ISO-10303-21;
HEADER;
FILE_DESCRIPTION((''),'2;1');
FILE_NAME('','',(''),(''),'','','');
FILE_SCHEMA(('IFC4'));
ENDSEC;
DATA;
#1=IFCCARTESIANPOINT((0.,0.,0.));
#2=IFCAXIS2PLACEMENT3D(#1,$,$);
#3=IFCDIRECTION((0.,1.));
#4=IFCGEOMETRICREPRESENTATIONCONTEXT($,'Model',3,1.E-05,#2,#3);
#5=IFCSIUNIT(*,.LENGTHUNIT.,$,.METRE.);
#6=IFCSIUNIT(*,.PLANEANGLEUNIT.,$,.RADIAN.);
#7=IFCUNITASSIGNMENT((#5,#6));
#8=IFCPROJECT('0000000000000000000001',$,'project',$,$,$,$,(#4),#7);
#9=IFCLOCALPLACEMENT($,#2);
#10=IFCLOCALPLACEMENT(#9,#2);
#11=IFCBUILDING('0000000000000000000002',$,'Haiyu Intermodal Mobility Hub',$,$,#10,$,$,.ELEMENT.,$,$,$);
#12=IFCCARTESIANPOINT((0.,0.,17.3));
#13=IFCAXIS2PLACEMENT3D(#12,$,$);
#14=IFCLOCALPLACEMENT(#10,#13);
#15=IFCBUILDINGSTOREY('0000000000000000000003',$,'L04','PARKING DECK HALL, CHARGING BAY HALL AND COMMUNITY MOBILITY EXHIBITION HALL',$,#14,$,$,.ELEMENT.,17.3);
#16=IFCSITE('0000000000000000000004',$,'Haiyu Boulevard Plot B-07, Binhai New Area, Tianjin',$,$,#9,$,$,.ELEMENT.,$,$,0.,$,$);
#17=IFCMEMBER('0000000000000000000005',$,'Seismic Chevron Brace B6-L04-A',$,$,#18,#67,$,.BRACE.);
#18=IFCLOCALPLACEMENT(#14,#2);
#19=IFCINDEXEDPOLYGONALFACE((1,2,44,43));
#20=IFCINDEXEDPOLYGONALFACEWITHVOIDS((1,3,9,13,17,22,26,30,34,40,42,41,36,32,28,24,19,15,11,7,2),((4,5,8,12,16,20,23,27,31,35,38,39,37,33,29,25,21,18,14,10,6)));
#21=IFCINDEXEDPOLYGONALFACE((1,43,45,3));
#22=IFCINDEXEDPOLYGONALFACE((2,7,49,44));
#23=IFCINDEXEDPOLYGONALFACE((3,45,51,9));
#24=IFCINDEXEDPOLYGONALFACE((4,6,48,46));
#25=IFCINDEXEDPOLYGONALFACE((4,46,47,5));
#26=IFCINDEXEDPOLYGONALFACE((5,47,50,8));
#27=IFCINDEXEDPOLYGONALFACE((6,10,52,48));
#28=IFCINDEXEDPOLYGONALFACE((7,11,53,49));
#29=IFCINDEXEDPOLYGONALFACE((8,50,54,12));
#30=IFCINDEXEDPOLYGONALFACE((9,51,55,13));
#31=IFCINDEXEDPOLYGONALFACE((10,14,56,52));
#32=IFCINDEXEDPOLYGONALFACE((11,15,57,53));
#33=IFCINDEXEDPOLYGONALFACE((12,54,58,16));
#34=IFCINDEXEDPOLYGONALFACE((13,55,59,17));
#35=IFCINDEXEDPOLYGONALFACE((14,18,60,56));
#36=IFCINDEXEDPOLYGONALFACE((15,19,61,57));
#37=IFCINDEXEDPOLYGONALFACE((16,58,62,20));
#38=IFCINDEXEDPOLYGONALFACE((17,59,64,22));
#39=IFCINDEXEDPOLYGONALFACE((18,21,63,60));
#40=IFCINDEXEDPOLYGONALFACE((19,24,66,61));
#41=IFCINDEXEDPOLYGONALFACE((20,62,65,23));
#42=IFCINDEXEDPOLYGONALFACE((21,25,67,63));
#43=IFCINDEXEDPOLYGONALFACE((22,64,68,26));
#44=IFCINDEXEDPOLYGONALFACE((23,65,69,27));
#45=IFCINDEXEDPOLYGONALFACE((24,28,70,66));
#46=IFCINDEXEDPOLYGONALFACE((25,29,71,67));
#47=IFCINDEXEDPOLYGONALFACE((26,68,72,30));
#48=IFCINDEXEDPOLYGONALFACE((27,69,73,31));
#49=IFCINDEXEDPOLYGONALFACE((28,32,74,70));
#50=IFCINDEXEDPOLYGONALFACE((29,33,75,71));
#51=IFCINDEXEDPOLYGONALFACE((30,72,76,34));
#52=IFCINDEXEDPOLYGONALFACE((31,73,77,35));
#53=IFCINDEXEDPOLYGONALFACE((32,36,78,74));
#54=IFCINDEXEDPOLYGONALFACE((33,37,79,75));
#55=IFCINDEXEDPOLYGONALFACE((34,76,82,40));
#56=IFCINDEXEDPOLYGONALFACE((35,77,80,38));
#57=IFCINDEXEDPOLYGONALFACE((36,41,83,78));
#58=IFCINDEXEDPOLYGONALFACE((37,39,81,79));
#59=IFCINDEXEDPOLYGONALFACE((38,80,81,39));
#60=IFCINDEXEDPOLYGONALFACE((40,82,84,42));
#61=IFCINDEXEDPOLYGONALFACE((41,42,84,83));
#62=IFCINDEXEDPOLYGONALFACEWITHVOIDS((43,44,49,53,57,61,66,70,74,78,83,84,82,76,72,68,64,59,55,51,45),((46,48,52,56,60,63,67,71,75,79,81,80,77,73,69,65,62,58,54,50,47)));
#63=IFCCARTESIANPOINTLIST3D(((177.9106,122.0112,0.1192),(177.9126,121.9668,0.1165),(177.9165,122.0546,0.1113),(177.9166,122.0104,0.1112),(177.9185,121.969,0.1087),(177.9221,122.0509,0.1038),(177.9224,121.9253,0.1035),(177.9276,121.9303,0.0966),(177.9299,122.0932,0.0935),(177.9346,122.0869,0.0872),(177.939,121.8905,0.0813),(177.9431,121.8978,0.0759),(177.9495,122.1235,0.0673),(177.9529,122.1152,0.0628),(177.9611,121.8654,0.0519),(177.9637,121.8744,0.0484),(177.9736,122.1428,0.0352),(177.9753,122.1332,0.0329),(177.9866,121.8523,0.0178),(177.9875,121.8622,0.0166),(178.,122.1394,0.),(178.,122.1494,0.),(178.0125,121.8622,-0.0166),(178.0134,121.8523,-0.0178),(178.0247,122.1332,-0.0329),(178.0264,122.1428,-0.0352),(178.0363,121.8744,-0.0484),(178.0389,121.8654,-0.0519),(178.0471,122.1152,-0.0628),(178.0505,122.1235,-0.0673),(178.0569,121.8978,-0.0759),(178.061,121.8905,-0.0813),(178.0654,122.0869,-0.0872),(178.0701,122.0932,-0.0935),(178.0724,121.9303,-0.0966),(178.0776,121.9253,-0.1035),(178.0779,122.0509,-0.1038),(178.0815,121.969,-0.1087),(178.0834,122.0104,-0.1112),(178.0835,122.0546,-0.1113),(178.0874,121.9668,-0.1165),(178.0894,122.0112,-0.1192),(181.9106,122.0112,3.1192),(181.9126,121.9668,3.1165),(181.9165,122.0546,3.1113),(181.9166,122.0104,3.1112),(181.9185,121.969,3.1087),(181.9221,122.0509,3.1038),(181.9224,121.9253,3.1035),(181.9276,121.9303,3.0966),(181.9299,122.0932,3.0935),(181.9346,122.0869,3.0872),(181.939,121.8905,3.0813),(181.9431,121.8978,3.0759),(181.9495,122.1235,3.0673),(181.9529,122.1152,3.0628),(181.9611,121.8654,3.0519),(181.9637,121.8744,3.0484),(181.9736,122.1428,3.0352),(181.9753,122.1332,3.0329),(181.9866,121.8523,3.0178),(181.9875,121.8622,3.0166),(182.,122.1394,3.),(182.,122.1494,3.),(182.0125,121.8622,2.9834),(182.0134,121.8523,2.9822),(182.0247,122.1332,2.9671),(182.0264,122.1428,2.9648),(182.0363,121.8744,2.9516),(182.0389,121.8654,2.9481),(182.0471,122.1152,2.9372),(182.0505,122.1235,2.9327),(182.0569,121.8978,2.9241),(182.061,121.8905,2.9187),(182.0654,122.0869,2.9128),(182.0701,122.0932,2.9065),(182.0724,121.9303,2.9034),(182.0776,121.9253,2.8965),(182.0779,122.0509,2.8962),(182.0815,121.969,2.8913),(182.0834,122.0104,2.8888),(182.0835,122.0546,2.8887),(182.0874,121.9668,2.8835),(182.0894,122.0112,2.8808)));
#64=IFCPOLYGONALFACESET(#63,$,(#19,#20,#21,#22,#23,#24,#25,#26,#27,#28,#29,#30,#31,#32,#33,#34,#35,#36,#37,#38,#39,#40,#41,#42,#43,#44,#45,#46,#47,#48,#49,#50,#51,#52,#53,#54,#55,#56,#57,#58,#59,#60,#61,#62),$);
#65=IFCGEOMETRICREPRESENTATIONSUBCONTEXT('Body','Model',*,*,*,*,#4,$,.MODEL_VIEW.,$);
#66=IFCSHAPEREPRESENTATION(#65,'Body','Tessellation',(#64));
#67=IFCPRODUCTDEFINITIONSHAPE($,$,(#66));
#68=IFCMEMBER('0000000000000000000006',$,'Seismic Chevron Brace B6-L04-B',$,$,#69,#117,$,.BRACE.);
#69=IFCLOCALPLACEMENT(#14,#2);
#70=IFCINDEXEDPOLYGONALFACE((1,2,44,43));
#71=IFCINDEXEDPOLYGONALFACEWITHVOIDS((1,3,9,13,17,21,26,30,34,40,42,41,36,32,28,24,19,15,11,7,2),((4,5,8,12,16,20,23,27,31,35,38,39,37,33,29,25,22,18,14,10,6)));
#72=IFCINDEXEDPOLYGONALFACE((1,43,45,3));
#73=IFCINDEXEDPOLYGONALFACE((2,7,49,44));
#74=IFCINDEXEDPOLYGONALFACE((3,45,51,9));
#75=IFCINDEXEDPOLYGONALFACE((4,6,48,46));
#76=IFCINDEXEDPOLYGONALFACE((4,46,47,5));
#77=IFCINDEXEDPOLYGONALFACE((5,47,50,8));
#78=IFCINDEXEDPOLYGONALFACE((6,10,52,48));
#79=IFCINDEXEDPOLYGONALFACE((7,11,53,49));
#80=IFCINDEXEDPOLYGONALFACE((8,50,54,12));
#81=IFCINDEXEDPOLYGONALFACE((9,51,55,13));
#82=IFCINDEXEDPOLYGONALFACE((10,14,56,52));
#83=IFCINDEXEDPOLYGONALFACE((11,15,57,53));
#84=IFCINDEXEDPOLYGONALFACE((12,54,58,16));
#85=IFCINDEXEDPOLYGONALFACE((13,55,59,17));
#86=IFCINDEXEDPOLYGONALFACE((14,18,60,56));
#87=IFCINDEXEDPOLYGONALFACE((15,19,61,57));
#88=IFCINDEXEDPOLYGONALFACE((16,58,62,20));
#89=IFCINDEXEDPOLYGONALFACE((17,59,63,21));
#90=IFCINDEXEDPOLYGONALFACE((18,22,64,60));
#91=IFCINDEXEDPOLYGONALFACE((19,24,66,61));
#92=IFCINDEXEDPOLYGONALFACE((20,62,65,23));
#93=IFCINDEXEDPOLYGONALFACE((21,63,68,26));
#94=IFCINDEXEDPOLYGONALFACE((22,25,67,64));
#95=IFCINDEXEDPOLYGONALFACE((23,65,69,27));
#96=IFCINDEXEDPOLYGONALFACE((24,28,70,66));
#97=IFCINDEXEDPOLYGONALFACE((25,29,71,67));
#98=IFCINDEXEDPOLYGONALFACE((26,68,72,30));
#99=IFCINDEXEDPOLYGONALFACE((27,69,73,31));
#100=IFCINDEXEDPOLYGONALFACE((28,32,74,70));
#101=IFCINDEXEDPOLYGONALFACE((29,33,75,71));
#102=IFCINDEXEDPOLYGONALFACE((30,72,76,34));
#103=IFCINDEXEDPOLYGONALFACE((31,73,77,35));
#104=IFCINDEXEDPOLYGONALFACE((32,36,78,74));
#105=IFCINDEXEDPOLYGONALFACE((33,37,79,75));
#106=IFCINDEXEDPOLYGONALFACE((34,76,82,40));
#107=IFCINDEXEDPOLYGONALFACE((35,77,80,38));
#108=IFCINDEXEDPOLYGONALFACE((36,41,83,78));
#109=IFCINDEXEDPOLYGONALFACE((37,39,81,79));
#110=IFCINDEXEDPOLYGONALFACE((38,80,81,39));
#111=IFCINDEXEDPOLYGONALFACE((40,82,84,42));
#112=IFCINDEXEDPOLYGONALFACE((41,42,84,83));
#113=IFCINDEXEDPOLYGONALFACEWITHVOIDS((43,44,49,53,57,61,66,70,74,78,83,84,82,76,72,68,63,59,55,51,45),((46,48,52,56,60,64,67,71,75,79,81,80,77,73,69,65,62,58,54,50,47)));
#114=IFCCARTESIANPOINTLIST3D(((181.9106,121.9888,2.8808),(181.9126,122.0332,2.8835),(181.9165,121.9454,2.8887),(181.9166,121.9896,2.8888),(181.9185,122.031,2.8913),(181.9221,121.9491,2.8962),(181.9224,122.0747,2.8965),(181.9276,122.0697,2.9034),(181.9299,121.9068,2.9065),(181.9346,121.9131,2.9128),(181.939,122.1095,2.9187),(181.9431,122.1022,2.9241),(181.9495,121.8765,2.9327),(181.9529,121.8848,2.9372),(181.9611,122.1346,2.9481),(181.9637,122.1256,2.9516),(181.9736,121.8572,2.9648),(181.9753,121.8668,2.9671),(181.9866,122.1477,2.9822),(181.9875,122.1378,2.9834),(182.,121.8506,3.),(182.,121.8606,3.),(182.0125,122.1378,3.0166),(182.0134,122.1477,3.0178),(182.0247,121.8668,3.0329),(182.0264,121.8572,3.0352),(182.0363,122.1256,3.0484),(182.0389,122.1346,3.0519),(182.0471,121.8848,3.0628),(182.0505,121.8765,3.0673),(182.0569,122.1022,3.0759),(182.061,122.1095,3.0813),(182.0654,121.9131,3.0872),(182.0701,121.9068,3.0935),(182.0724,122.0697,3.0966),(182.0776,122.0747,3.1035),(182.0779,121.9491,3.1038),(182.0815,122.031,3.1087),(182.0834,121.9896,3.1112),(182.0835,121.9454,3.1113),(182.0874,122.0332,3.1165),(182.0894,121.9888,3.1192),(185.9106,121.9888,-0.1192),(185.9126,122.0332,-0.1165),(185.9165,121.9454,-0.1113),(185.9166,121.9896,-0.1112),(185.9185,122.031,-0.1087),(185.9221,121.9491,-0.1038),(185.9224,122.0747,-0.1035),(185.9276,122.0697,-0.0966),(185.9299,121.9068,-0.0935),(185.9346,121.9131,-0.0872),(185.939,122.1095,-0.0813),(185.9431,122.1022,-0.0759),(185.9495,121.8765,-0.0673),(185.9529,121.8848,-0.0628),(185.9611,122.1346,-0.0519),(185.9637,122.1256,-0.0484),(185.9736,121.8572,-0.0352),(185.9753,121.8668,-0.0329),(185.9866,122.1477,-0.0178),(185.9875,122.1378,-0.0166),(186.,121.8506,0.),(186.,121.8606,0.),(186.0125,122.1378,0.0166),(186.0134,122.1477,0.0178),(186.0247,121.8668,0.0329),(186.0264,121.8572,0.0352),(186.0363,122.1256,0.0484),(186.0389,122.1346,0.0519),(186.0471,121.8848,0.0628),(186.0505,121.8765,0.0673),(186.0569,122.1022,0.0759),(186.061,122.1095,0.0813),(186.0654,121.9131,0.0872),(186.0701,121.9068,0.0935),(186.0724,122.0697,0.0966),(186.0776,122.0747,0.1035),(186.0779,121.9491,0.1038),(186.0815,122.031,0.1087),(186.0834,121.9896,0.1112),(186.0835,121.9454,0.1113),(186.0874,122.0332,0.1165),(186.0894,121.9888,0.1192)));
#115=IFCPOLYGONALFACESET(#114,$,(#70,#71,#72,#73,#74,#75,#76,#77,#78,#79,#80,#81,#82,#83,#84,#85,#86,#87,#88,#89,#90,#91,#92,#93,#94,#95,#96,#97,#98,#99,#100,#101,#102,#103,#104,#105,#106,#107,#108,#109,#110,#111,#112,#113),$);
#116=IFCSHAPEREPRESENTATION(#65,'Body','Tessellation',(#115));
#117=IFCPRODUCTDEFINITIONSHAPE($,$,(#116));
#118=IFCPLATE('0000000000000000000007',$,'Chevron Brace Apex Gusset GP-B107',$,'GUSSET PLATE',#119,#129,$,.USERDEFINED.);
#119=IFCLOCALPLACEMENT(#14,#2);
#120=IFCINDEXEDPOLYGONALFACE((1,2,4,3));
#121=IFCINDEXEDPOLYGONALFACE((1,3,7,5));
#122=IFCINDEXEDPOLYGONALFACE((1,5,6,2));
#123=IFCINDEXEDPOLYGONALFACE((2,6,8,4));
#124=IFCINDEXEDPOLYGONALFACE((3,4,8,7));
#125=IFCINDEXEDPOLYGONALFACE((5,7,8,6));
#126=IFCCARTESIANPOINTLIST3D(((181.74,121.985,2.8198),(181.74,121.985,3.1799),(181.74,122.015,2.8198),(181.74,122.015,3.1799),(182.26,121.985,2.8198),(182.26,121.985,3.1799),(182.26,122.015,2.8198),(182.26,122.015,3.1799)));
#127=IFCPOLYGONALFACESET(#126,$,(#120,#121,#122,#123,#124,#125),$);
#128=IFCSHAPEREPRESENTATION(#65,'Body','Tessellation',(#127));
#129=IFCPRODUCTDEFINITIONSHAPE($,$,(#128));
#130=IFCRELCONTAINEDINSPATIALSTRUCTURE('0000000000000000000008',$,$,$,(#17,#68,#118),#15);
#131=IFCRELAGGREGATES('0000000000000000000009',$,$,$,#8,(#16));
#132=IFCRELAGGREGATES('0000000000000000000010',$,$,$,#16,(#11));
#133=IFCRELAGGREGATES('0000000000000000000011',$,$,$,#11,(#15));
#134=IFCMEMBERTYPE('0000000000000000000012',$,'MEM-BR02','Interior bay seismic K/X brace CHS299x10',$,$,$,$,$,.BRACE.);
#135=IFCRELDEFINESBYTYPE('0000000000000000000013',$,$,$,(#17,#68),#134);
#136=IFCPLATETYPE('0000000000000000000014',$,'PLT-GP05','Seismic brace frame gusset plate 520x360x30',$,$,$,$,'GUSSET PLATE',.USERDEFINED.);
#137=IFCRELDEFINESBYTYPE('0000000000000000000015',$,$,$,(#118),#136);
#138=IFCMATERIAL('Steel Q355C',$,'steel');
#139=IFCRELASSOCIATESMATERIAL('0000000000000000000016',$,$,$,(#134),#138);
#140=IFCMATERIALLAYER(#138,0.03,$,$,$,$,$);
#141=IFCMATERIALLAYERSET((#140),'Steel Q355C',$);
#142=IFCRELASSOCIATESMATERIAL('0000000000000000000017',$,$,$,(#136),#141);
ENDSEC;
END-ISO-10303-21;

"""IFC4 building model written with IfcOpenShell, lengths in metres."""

from ifc_helpers import new_model, si_unit, direction, frame, origin, origin_2d, place, context, subcontext, project, spatial, rectangle, hollow_circle, extrude, material, layer, layer_set, material_profile, profile_set, type_object, element, save


model = new_model("IFC4")

# Units and contexts
model_context = context("Model", 3, precision=1e-05, world=origin(), true_north=direction((0.0, 1.0)))
body_context = subcontext(model_context, "Body", "Model", "MODEL_VIEW")
ifc_project = project(units=[si_unit("LENGTHUNIT", "METRE"), si_unit("PLANEANGLEUNIT", "RADIAN")], contexts=[model_context])

# Site, building, storey
site_placement = place(None, origin())
site = spatial("IfcSite", under=ifc_project, at=site_placement, Name="Haiyu Boulevard Plot B-07, Binhai New Area, Tianjin", CompositionType="ELEMENT", RefElevation=0.0)
building_placement = place(site_placement, origin())
building = spatial("IfcBuilding", under=site, at=building_placement, Name="Haiyu Intermodal Mobility Hub", CompositionType="ELEMENT")
storey_placement = place(building_placement, frame((0.0, 0.0, 17.3)))
storey = spatial("IfcBuildingStorey", under=building, at=storey_placement, Name="L04", Description="PARKING DECK HALL, CHARGING BAY HALL AND COMMUNITY MOBILITY EXHIBITION HALL", CompositionType="ELEMENT", Elevation=17.3)

# Members
ifc_material_1 = material(Name="Steel Q355C", Category="steel")
ifc_material_profile_1 = material_profile(ifc_material_1, hollow_circle(Radius=0.1494, WallThickness=0.01, at=origin_2d()), Name="CHS299x10")
ifc_profile_set_1 = profile_set([ifc_material_profile_1], Name="Steel Q355C")
member_type = type_object("IfcMemberType", Name="MEM-BR02", Description="Interior bay seismic K/X brace CHS299x10", PredefinedType="BRACE", material=ifc_profile_set_1)
for number, where, z_axis, x_axis, name in (
    (1, (178.0, 122.0, 0.0), (0.8, 0.0, 0.6), (0.0, 1.0, 0.0), "Seismic Chevron Brace B6-L04-A"),
    (2, (186.0, 122.0, 0.0), (-0.8, 0.0, 0.6), (0.0, -1.0, 0.0), "Seismic Chevron Brace B6-L04-B"),
):
    element("IfcMember", number, at=place(storey_placement, frame(where, z_axis=z_axis, x_axis=x_axis)), inside=storey, type_object=member_type, Name=name, PredefinedType="BRACE", context=body_context, shape_type="SweptSolid", body=[
        extrude(hollow_circle(Radius=0.1494, WallThickness=0.01, at=origin_2d()), origin(), (0.0, 0.0, 1.0), 5.0),
    ])

# Plate
ifc_layer = layer(ifc_material_1, 0.03)
ifc_layer_set = layer_set([ifc_layer], Name="Steel Q355C")
plate_type = type_object("IfcPlateType", Name="PLT-GP05", Description="Seismic brace frame gusset plate 520x360x30", ElementType="GUSSET PLATE", PredefinedType="USERDEFINED", material=ifc_layer_set)
plate_placement = place(storey_placement, frame((182.0, 122.0, 2.8198), z_axis=(0.0, 0.0, 1.0), x_axis=(1.0, 0.0, 0.0)))
element("IfcPlate", 3, at=plate_placement, inside=storey, type_object=plate_type, Name="Chevron Brace Apex Gusset GP-B107", ObjectType="GUSSET PLATE", PredefinedType="USERDEFINED", context=body_context, shape_type="SweptSolid", body=[
    extrude(rectangle(XDim=0.52, YDim=0.03, at=origin_2d()), origin(), (0.0, 0.0, 1.0), 0.3601),
])

save(model, "model.ifc")
